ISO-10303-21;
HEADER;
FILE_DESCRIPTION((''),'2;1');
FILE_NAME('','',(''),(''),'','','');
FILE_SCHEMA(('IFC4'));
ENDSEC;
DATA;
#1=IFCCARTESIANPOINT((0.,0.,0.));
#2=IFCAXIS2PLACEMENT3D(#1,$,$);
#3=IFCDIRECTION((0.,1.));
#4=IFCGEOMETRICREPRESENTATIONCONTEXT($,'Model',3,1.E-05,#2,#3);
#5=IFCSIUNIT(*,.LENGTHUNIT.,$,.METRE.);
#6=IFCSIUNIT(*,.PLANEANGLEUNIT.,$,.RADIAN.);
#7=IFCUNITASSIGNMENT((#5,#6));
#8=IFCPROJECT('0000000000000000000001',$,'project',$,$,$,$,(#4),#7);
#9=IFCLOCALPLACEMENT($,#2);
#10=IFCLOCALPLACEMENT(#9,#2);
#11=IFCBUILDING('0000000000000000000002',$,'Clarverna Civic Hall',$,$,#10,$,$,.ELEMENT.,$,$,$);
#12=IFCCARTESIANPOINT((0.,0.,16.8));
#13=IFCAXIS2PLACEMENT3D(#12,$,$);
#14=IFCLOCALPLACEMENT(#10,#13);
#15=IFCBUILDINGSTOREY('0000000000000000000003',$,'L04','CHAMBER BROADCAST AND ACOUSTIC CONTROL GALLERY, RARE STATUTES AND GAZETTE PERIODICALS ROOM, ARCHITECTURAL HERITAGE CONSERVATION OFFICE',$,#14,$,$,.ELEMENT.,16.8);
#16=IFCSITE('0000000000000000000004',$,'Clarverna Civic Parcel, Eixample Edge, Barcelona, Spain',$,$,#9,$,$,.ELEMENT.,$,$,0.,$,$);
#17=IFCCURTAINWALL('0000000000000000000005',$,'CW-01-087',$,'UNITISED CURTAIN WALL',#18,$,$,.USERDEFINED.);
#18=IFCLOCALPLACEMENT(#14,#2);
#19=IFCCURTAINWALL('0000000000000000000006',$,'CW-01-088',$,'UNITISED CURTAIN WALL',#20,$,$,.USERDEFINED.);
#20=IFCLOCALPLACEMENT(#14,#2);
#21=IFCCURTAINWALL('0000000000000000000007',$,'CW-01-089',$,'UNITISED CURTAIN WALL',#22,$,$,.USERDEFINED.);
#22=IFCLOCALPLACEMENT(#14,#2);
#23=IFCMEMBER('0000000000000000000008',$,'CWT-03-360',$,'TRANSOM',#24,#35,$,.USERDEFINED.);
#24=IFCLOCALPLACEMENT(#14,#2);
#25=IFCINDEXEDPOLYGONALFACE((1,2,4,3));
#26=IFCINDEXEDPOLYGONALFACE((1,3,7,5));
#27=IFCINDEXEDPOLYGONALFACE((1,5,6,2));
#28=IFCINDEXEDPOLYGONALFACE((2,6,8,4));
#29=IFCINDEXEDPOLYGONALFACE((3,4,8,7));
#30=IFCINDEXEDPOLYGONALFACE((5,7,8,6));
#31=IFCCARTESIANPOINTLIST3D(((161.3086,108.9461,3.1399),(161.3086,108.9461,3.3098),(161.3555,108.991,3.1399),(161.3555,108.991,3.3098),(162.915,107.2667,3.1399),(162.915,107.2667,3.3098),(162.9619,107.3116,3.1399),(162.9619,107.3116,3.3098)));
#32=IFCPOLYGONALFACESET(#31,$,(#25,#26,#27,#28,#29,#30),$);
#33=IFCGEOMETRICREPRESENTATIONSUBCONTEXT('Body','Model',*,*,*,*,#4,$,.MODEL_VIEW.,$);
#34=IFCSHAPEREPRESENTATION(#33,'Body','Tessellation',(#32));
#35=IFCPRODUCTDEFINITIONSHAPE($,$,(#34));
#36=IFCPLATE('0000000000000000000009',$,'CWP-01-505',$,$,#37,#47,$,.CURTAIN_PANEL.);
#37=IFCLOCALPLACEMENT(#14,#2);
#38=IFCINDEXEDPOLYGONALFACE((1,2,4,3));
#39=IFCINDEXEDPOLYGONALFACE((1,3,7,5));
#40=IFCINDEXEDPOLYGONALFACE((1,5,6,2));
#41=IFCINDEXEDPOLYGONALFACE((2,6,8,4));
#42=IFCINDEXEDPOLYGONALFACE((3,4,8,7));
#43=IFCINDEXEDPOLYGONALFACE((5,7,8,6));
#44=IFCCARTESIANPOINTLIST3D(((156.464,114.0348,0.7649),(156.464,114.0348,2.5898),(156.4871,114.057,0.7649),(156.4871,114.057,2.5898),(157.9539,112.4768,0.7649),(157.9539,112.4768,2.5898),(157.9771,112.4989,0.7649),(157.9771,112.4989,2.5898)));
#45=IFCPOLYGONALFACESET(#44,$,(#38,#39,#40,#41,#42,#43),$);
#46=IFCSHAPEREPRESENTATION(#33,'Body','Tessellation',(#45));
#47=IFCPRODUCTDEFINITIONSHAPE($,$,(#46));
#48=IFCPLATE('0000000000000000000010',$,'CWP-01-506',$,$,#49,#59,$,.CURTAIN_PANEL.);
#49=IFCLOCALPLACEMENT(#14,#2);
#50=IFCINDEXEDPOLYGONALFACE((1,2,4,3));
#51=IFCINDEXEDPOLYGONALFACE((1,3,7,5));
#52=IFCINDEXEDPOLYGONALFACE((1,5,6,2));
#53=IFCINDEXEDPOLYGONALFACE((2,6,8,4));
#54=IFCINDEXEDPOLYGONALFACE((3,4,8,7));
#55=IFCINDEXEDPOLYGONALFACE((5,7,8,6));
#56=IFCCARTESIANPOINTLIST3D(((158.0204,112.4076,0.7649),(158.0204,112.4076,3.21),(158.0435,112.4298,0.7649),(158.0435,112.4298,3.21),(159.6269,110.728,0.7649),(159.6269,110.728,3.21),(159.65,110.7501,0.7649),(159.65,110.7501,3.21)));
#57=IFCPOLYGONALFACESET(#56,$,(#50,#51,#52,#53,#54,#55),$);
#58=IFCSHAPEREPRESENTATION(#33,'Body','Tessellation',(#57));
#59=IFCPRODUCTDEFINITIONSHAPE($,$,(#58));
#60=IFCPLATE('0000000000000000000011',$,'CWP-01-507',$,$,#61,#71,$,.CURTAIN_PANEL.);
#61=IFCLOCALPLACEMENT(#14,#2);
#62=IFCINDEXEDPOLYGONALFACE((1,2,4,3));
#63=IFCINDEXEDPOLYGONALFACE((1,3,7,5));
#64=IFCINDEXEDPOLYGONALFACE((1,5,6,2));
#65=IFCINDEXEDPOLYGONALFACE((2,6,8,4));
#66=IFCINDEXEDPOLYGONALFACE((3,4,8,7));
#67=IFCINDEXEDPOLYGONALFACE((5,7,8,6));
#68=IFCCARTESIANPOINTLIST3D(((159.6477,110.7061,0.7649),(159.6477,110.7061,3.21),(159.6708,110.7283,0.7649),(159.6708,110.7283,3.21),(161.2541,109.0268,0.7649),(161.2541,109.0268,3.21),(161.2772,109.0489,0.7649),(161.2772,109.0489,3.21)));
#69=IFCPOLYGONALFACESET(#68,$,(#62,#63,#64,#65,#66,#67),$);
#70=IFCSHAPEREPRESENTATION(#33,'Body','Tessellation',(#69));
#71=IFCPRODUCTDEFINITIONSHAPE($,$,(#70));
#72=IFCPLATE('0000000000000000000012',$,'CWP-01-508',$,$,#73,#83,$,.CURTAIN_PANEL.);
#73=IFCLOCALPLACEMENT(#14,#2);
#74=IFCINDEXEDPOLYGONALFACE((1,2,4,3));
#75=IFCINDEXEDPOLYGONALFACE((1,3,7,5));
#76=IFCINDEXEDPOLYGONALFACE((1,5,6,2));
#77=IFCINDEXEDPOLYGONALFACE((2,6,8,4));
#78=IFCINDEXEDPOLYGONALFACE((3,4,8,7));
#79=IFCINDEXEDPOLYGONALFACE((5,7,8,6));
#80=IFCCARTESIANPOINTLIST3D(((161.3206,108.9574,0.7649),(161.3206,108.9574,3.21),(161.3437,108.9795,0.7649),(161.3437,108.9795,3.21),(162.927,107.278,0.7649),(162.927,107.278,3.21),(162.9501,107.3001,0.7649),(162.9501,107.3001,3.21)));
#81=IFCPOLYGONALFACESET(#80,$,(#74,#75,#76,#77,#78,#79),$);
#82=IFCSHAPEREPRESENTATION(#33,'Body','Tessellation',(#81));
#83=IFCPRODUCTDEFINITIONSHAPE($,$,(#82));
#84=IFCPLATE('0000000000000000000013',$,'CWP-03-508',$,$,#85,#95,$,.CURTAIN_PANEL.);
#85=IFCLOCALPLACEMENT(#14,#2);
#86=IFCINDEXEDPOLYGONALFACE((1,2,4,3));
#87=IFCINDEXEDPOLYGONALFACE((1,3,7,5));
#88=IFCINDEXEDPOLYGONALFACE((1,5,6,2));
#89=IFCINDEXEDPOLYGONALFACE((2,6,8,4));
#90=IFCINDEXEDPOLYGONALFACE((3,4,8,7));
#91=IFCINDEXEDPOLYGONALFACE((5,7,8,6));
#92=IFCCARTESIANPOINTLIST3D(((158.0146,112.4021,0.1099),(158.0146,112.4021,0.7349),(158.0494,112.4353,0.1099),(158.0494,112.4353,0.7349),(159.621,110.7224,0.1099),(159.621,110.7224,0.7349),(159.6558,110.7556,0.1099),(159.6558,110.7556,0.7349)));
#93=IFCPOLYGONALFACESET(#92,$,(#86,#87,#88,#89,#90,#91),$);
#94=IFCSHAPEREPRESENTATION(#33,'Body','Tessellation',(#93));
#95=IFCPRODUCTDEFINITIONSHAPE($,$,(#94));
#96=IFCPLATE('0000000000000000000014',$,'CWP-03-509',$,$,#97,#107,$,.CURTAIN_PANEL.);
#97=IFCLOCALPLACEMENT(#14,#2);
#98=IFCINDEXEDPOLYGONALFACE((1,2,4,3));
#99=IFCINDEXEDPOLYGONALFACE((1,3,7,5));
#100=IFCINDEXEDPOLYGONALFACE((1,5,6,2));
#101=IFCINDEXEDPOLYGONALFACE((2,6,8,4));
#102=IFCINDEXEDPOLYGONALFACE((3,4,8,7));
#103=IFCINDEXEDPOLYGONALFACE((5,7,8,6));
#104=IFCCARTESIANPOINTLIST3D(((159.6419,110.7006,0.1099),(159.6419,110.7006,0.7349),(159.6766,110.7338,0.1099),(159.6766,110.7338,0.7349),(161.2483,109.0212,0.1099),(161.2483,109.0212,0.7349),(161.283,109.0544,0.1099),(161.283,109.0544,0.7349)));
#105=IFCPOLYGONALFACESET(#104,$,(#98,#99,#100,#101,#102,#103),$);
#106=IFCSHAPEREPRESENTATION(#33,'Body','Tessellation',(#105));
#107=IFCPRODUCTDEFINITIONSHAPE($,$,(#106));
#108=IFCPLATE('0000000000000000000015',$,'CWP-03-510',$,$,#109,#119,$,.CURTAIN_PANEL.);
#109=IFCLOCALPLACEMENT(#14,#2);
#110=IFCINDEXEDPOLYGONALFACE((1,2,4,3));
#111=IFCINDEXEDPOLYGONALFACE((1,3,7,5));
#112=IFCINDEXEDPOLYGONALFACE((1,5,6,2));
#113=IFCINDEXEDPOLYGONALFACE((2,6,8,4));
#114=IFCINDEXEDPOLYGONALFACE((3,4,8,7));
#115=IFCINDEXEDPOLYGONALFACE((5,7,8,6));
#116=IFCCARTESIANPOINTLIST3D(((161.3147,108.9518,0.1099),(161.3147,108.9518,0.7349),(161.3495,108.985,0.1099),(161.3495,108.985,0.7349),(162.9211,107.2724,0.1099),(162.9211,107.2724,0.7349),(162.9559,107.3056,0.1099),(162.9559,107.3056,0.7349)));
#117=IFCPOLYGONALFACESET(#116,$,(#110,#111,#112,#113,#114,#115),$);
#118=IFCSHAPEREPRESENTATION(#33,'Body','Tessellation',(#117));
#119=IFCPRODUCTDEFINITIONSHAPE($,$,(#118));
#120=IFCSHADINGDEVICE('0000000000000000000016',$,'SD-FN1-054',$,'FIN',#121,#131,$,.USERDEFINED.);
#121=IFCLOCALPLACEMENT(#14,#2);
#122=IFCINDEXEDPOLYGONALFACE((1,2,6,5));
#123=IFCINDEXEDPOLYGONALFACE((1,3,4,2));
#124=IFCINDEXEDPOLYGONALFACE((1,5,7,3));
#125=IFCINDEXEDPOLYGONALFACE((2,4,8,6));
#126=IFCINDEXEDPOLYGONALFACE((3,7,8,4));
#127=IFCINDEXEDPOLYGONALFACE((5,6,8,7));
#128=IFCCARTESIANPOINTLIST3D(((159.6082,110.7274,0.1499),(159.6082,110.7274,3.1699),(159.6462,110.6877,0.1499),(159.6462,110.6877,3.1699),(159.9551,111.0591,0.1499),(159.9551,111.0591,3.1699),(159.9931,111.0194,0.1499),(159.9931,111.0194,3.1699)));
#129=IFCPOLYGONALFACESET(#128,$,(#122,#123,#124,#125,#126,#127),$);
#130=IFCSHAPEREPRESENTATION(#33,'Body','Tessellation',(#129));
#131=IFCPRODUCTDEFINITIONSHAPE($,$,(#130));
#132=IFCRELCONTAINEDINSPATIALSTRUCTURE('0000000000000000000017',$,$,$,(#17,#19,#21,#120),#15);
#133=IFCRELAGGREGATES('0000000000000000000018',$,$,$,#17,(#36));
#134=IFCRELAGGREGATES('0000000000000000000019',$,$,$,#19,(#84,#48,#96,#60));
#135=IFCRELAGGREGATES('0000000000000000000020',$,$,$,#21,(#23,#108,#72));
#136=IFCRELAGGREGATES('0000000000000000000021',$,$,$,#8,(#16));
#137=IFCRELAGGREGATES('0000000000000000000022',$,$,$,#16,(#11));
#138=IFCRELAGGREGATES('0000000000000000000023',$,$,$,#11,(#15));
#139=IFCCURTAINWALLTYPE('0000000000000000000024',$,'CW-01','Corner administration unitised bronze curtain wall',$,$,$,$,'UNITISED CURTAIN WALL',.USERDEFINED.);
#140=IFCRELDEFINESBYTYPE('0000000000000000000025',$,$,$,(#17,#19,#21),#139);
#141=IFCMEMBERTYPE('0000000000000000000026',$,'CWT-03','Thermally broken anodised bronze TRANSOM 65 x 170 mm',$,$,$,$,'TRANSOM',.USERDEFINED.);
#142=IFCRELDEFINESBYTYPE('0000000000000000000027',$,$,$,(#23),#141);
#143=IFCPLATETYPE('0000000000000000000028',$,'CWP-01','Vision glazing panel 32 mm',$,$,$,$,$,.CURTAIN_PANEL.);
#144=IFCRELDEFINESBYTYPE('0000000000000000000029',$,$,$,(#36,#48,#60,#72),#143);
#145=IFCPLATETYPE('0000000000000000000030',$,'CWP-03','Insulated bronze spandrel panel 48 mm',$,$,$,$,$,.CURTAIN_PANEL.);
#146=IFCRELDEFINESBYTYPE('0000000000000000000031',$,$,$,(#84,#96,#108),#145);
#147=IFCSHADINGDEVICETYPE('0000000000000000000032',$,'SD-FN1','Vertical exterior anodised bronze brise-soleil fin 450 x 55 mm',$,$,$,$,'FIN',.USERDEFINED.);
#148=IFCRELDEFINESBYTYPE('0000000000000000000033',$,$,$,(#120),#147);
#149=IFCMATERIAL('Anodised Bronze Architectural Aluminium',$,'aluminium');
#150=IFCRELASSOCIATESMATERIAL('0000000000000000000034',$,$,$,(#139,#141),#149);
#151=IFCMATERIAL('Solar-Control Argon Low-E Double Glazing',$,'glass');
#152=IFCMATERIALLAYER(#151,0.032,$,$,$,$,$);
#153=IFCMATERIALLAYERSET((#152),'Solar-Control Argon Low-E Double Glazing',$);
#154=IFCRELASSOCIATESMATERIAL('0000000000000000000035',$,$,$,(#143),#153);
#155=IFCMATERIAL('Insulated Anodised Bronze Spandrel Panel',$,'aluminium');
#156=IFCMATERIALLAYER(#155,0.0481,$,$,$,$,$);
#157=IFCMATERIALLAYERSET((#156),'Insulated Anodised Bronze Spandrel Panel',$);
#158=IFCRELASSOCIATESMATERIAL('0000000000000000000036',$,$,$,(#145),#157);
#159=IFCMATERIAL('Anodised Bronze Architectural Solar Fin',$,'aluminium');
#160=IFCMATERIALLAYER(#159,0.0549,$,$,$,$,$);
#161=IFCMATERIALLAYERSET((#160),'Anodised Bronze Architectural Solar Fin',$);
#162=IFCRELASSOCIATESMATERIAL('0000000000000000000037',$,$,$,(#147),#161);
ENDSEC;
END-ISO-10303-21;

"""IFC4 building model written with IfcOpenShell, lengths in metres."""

from ifc_helpers import new_model, si_unit, direction, frame, frame_2d, origin, origin_2d, place, context, subcontext, project, spatial, rectangle, extrude, material, layer, layer_set, material_profile, profile_set, type_object, element, aggregate, save


model = new_model("IFC4")

# Units and contexts
model_context = context("Model", 3, precision=1e-05, world=origin(), true_north=direction((0.0, 1.0)))
body_context = subcontext(model_context, "Body", "Model", "MODEL_VIEW")
ifc_project = project(units=[si_unit("LENGTHUNIT", "METRE"), si_unit("PLANEANGLEUNIT", "RADIAN")], contexts=[model_context])

# Site, building, storey
site_placement = place(None, origin())
site = spatial("IfcSite", under=ifc_project, at=site_placement, Name="Clarverna Civic Parcel, Eixample Edge, Barcelona, Spain", CompositionType="ELEMENT", RefElevation=0.0)
building_placement = place(site_placement, origin())
building = spatial("IfcBuilding", under=site, at=building_placement, Name="Clarverna Civic Hall", CompositionType="ELEMENT")
storey_placement = place(building_placement, frame((0.0, 0.0, 16.8)))
storey = spatial("IfcBuildingStorey", under=building, at=storey_placement, Name="L04", Description="CHAMBER BROADCAST AND ACOUSTIC CONTROL GALLERY, RARE STATUTES AND GAZETTE PERIODICALS ROOM, ARCHITECTURAL HERITAGE CONSERVATION OFFICE", CompositionType="ELEMENT", Elevation=16.8)

# Curtain wall
ifc_material_1 = material(Name="Anodised Bronze Architectural Aluminium", Category="aluminium")
curtain_wall_type = type_object("IfcCurtainWallType", Name="CW-01", Description="Corner administration unitised bronze curtain wall", ElementType="UNITISED CURTAIN WALL", PredefinedType="USERDEFINED", material=ifc_material_1)
curtain_wall_1_placement = place(storey_placement, origin())
curtain_wall_1 = element("IfcCurtainWall", 1, at=curtain_wall_1_placement, inside=storey, type_object=curtain_wall_type, Name="CW-01-087", ObjectType="UNITISED CURTAIN WALL", PredefinedType="USERDEFINED")

# Curtain walls
curtain_wall_2_placement = place(storey_placement, origin())
curtain_wall_2 = element("IfcCurtainWall", 2, at=curtain_wall_2_placement, inside=storey, type_object=curtain_wall_type, Name="CW-01-088", ObjectType="UNITISED CURTAIN WALL", PredefinedType="USERDEFINED")
curtain_wall_3_placement = place(storey_placement, origin())
curtain_wall_3 = element("IfcCurtainWall", 3, at=curtain_wall_3_placement, inside=storey, type_object=curtain_wall_type, Name="CW-01-089", ObjectType="UNITISED CURTAIN WALL", PredefinedType="USERDEFINED")

# Member
ifc_material_profile_1 = material_profile(ifc_material_1, rectangle(XDim=0.0649, YDim=0.1699, at=origin_2d()), Name="BRONZE 65x170")
ifc_profile_set_1 = profile_set([ifc_material_profile_1], Name="Anodised Bronze Architectural Aluminium")
member_type_1 = type_object("IfcMemberType", Name="CWT-03", Description="Thermally broken anodised bronze TRANSOM 65 x 170 mm", ElementType="TRANSOM", PredefinedType="USERDEFINED", material=ifc_profile_set_1)
member_1_placement = place(storey_placement, frame((161.332, 108.9685, 3.2249), z_axis=(0.691227, -0.722637, 0.0), x_axis=(0.722637, 0.691227, 0.0)))
member_1 = element("IfcMember", 4, at=member_1_placement, type_object=member_type_1, Name="CWT-03-360", ObjectType="TRANSOM", PredefinedType="USERDEFINED", context=body_context, shape_type="SweptSolid", body=[
    extrude(rectangle(XDim=0.0649, YDim=0.1699, at=origin_2d()), origin(), (0.0, 0.0, 1.0), 2.324),
])

# Plates
ifc_material_2 = material(Name="Solar-Control Argon Low-E Double Glazing", Category="glass")
ifc_layer_1 = layer(ifc_material_2, 0.032)
ifc_layer_set_1 = layer_set([ifc_layer_1], Name="Solar-Control Argon Low-E Double Glazing")
plate_type_1 = type_object("IfcPlateType", Name="CWP-01", Description="Vision glazing panel 32 mm", PredefinedType="CURTAIN_PANEL", material=ifc_layer_set_1)
plate_1_placement = place(storey_placement, frame((156.4756, 114.0459, 0.7649), z_axis=(0.0, 0.0, 1.0), x_axis=(0.691133, -0.722728, 0.0)))
plate_1 = element("IfcPlate", 5, at=plate_1_placement, type_object=plate_type_1, Name="CWP-01-505", PredefinedType="CURTAIN_PANEL", context=body_context, shape_type="SweptSolid", body=[
    extrude(rectangle(XDim=2.1558, YDim=0.032, at=frame_2d((1.0779, 0.0))), origin(), (0.0, 0.0, 1.0), 1.825),
])
aggregate(curtain_wall_1, [plate_1])
plate_2_placement = place(storey_placement, frame((158.032, 112.4187, 0.7649), z_axis=(0.0, 0.0, 1.0), x_axis=(0.691175, -0.722687, 0.0)))
plate_2 = element("IfcPlate", 6, at=plate_2_placement, type_object=plate_type_1, Name="CWP-01-506", PredefinedType="CURTAIN_PANEL", context=body_context, shape_type="SweptSolid", body=[
    extrude(rectangle(XDim=2.3242, YDim=0.032, at=frame_2d((1.1621, 0.0))), origin(), (0.0, 0.0, 1.0), 2.4451),
])
plate_3_placement = place(storey_placement, frame((159.6592, 110.7173, 0.7649), z_axis=(0.0, 0.0, 1.0), x_axis=(0.691227, -0.722637, 0.0)))
plate_3 = element("IfcPlate", 7, at=plate_3_placement, type_object=plate_type_1, Name="CWP-01-507", PredefinedType="CURTAIN_PANEL", context=body_context, shape_type="SweptSolid", body=[
    extrude(rectangle(XDim=2.324, YDim=0.032, at=frame_2d((1.1621, 0.0))), origin(), (0.0, 0.0, 1.0), 2.4451),
])
plate_4_placement = place(storey_placement, frame((161.332, 108.9685, 0.7649), z_axis=(0.0, 0.0, 1.0), x_axis=(0.691227, -0.722637, 0.0)))
plate_4 = element("IfcPlate", 8, at=plate_4_placement, type_object=plate_type_1, Name="CWP-01-508", PredefinedType="CURTAIN_PANEL", context=body_context, shape_type="SweptSolid", body=[
    extrude(rectangle(XDim=2.324, YDim=0.032, at=frame_2d((1.1621, 0.0))), origin(), (0.0, 0.0, 1.0), 2.4451),
])
ifc_material_3 = material(Name="Insulated Anodised Bronze Spandrel Panel", Category="aluminium")
ifc_layer_2 = layer(ifc_material_3, 0.0481)
ifc_layer_set_2 = layer_set([ifc_layer_2], Name="Insulated Anodised Bronze Spandrel Panel")
plate_type_2 = type_object("IfcPlateType", Name="CWP-03", Description="Insulated bronze spandrel panel 48 mm", PredefinedType="CURTAIN_PANEL", material=ifc_layer_set_2)
plate_5_placement = place(storey_placement, frame((158.032, 112.4187, 0.1099), z_axis=(0.0, 0.0, 1.0), x_axis=(0.691175, -0.722687, 0.0)))
plate_5 = element("IfcPlate", 9, at=plate_5_placement, type_object=plate_type_2, Name="CWP-03-508", PredefinedType="CURTAIN_PANEL", context=body_context, shape_type="SweptSolid", body=[
    extrude(rectangle(XDim=2.3242, YDim=0.0481, at=frame_2d((1.1621, 0.0))), origin(), (0.0, 0.0, 1.0), 0.625),
])
plate_6_placement = place(storey_placement, frame((159.6592, 110.7173, 0.1099), z_axis=(0.0, 0.0, 1.0), x_axis=(0.691227, -0.722637, 0.0)))
plate_6 = element("IfcPlate", 10, at=plate_6_placement, type_object=plate_type_2, Name="CWP-03-509", PredefinedType="CURTAIN_PANEL", context=body_context, shape_type="SweptSolid", body=[
    extrude(rectangle(XDim=2.324, YDim=0.0481, at=frame_2d((1.1621, 0.0))), origin(), (0.0, 0.0, 1.0), 0.625),
])
aggregate(curtain_wall_2, [plate_5, plate_2, plate_6, plate_3])
plate_7_placement = place(storey_placement, frame((161.332, 108.9685, 0.1099), z_axis=(0.0, 0.0, 1.0), x_axis=(0.691227, -0.722637, 0.0)))
plate_7 = element("IfcPlate", 11, at=plate_7_placement, type_object=plate_type_2, Name="CWP-03-510", PredefinedType="CURTAIN_PANEL", context=body_context, shape_type="SweptSolid", body=[
    extrude(rectangle(XDim=2.324, YDim=0.0481, at=frame_2d((1.1621, 0.0))), origin(), (0.0, 0.0, 1.0), 0.625),
])
aggregate(curtain_wall_3, [member_1, plate_7, plate_4])

# Shading device
ifc_material_4 = material(Name="Anodised Bronze Architectural Solar Fin", Category="aluminium")
ifc_layer_3 = layer(ifc_material_4, 0.0549)
ifc_layer_set_3 = layer_set([ifc_layer_3], Name="Anodised Bronze Architectural Solar Fin")
shading_device_type = type_object("IfcShadingDeviceType", Name="SD-FN1", Description="Vertical exterior anodised bronze brise-soleil fin 450 x 55 mm", ElementType="FIN", PredefinedType="USERDEFINED", material=ifc_layer_set_3)
shading_device_placement = place(storey_placement, frame((159.6272, 110.7075, 0.1499), z_axis=(0.0, 0.0, 1.0), x_axis=(0.722697, 0.691165, 0.0)))
element("IfcShadingDevice", 12, at=shading_device_placement, inside=storey, type_object=shading_device_type, Name="SD-FN1-054", ObjectType="FIN", PredefinedType="USERDEFINED", context=body_context, shape_type="SweptSolid", body=[
    extrude(rectangle(XDim=0.48, YDim=0.0549, at=frame_2d((0.24, 0.0))), origin(), (0.0, 0.0, 1.0), 3.02),
])

save(model, "model.ifc")
